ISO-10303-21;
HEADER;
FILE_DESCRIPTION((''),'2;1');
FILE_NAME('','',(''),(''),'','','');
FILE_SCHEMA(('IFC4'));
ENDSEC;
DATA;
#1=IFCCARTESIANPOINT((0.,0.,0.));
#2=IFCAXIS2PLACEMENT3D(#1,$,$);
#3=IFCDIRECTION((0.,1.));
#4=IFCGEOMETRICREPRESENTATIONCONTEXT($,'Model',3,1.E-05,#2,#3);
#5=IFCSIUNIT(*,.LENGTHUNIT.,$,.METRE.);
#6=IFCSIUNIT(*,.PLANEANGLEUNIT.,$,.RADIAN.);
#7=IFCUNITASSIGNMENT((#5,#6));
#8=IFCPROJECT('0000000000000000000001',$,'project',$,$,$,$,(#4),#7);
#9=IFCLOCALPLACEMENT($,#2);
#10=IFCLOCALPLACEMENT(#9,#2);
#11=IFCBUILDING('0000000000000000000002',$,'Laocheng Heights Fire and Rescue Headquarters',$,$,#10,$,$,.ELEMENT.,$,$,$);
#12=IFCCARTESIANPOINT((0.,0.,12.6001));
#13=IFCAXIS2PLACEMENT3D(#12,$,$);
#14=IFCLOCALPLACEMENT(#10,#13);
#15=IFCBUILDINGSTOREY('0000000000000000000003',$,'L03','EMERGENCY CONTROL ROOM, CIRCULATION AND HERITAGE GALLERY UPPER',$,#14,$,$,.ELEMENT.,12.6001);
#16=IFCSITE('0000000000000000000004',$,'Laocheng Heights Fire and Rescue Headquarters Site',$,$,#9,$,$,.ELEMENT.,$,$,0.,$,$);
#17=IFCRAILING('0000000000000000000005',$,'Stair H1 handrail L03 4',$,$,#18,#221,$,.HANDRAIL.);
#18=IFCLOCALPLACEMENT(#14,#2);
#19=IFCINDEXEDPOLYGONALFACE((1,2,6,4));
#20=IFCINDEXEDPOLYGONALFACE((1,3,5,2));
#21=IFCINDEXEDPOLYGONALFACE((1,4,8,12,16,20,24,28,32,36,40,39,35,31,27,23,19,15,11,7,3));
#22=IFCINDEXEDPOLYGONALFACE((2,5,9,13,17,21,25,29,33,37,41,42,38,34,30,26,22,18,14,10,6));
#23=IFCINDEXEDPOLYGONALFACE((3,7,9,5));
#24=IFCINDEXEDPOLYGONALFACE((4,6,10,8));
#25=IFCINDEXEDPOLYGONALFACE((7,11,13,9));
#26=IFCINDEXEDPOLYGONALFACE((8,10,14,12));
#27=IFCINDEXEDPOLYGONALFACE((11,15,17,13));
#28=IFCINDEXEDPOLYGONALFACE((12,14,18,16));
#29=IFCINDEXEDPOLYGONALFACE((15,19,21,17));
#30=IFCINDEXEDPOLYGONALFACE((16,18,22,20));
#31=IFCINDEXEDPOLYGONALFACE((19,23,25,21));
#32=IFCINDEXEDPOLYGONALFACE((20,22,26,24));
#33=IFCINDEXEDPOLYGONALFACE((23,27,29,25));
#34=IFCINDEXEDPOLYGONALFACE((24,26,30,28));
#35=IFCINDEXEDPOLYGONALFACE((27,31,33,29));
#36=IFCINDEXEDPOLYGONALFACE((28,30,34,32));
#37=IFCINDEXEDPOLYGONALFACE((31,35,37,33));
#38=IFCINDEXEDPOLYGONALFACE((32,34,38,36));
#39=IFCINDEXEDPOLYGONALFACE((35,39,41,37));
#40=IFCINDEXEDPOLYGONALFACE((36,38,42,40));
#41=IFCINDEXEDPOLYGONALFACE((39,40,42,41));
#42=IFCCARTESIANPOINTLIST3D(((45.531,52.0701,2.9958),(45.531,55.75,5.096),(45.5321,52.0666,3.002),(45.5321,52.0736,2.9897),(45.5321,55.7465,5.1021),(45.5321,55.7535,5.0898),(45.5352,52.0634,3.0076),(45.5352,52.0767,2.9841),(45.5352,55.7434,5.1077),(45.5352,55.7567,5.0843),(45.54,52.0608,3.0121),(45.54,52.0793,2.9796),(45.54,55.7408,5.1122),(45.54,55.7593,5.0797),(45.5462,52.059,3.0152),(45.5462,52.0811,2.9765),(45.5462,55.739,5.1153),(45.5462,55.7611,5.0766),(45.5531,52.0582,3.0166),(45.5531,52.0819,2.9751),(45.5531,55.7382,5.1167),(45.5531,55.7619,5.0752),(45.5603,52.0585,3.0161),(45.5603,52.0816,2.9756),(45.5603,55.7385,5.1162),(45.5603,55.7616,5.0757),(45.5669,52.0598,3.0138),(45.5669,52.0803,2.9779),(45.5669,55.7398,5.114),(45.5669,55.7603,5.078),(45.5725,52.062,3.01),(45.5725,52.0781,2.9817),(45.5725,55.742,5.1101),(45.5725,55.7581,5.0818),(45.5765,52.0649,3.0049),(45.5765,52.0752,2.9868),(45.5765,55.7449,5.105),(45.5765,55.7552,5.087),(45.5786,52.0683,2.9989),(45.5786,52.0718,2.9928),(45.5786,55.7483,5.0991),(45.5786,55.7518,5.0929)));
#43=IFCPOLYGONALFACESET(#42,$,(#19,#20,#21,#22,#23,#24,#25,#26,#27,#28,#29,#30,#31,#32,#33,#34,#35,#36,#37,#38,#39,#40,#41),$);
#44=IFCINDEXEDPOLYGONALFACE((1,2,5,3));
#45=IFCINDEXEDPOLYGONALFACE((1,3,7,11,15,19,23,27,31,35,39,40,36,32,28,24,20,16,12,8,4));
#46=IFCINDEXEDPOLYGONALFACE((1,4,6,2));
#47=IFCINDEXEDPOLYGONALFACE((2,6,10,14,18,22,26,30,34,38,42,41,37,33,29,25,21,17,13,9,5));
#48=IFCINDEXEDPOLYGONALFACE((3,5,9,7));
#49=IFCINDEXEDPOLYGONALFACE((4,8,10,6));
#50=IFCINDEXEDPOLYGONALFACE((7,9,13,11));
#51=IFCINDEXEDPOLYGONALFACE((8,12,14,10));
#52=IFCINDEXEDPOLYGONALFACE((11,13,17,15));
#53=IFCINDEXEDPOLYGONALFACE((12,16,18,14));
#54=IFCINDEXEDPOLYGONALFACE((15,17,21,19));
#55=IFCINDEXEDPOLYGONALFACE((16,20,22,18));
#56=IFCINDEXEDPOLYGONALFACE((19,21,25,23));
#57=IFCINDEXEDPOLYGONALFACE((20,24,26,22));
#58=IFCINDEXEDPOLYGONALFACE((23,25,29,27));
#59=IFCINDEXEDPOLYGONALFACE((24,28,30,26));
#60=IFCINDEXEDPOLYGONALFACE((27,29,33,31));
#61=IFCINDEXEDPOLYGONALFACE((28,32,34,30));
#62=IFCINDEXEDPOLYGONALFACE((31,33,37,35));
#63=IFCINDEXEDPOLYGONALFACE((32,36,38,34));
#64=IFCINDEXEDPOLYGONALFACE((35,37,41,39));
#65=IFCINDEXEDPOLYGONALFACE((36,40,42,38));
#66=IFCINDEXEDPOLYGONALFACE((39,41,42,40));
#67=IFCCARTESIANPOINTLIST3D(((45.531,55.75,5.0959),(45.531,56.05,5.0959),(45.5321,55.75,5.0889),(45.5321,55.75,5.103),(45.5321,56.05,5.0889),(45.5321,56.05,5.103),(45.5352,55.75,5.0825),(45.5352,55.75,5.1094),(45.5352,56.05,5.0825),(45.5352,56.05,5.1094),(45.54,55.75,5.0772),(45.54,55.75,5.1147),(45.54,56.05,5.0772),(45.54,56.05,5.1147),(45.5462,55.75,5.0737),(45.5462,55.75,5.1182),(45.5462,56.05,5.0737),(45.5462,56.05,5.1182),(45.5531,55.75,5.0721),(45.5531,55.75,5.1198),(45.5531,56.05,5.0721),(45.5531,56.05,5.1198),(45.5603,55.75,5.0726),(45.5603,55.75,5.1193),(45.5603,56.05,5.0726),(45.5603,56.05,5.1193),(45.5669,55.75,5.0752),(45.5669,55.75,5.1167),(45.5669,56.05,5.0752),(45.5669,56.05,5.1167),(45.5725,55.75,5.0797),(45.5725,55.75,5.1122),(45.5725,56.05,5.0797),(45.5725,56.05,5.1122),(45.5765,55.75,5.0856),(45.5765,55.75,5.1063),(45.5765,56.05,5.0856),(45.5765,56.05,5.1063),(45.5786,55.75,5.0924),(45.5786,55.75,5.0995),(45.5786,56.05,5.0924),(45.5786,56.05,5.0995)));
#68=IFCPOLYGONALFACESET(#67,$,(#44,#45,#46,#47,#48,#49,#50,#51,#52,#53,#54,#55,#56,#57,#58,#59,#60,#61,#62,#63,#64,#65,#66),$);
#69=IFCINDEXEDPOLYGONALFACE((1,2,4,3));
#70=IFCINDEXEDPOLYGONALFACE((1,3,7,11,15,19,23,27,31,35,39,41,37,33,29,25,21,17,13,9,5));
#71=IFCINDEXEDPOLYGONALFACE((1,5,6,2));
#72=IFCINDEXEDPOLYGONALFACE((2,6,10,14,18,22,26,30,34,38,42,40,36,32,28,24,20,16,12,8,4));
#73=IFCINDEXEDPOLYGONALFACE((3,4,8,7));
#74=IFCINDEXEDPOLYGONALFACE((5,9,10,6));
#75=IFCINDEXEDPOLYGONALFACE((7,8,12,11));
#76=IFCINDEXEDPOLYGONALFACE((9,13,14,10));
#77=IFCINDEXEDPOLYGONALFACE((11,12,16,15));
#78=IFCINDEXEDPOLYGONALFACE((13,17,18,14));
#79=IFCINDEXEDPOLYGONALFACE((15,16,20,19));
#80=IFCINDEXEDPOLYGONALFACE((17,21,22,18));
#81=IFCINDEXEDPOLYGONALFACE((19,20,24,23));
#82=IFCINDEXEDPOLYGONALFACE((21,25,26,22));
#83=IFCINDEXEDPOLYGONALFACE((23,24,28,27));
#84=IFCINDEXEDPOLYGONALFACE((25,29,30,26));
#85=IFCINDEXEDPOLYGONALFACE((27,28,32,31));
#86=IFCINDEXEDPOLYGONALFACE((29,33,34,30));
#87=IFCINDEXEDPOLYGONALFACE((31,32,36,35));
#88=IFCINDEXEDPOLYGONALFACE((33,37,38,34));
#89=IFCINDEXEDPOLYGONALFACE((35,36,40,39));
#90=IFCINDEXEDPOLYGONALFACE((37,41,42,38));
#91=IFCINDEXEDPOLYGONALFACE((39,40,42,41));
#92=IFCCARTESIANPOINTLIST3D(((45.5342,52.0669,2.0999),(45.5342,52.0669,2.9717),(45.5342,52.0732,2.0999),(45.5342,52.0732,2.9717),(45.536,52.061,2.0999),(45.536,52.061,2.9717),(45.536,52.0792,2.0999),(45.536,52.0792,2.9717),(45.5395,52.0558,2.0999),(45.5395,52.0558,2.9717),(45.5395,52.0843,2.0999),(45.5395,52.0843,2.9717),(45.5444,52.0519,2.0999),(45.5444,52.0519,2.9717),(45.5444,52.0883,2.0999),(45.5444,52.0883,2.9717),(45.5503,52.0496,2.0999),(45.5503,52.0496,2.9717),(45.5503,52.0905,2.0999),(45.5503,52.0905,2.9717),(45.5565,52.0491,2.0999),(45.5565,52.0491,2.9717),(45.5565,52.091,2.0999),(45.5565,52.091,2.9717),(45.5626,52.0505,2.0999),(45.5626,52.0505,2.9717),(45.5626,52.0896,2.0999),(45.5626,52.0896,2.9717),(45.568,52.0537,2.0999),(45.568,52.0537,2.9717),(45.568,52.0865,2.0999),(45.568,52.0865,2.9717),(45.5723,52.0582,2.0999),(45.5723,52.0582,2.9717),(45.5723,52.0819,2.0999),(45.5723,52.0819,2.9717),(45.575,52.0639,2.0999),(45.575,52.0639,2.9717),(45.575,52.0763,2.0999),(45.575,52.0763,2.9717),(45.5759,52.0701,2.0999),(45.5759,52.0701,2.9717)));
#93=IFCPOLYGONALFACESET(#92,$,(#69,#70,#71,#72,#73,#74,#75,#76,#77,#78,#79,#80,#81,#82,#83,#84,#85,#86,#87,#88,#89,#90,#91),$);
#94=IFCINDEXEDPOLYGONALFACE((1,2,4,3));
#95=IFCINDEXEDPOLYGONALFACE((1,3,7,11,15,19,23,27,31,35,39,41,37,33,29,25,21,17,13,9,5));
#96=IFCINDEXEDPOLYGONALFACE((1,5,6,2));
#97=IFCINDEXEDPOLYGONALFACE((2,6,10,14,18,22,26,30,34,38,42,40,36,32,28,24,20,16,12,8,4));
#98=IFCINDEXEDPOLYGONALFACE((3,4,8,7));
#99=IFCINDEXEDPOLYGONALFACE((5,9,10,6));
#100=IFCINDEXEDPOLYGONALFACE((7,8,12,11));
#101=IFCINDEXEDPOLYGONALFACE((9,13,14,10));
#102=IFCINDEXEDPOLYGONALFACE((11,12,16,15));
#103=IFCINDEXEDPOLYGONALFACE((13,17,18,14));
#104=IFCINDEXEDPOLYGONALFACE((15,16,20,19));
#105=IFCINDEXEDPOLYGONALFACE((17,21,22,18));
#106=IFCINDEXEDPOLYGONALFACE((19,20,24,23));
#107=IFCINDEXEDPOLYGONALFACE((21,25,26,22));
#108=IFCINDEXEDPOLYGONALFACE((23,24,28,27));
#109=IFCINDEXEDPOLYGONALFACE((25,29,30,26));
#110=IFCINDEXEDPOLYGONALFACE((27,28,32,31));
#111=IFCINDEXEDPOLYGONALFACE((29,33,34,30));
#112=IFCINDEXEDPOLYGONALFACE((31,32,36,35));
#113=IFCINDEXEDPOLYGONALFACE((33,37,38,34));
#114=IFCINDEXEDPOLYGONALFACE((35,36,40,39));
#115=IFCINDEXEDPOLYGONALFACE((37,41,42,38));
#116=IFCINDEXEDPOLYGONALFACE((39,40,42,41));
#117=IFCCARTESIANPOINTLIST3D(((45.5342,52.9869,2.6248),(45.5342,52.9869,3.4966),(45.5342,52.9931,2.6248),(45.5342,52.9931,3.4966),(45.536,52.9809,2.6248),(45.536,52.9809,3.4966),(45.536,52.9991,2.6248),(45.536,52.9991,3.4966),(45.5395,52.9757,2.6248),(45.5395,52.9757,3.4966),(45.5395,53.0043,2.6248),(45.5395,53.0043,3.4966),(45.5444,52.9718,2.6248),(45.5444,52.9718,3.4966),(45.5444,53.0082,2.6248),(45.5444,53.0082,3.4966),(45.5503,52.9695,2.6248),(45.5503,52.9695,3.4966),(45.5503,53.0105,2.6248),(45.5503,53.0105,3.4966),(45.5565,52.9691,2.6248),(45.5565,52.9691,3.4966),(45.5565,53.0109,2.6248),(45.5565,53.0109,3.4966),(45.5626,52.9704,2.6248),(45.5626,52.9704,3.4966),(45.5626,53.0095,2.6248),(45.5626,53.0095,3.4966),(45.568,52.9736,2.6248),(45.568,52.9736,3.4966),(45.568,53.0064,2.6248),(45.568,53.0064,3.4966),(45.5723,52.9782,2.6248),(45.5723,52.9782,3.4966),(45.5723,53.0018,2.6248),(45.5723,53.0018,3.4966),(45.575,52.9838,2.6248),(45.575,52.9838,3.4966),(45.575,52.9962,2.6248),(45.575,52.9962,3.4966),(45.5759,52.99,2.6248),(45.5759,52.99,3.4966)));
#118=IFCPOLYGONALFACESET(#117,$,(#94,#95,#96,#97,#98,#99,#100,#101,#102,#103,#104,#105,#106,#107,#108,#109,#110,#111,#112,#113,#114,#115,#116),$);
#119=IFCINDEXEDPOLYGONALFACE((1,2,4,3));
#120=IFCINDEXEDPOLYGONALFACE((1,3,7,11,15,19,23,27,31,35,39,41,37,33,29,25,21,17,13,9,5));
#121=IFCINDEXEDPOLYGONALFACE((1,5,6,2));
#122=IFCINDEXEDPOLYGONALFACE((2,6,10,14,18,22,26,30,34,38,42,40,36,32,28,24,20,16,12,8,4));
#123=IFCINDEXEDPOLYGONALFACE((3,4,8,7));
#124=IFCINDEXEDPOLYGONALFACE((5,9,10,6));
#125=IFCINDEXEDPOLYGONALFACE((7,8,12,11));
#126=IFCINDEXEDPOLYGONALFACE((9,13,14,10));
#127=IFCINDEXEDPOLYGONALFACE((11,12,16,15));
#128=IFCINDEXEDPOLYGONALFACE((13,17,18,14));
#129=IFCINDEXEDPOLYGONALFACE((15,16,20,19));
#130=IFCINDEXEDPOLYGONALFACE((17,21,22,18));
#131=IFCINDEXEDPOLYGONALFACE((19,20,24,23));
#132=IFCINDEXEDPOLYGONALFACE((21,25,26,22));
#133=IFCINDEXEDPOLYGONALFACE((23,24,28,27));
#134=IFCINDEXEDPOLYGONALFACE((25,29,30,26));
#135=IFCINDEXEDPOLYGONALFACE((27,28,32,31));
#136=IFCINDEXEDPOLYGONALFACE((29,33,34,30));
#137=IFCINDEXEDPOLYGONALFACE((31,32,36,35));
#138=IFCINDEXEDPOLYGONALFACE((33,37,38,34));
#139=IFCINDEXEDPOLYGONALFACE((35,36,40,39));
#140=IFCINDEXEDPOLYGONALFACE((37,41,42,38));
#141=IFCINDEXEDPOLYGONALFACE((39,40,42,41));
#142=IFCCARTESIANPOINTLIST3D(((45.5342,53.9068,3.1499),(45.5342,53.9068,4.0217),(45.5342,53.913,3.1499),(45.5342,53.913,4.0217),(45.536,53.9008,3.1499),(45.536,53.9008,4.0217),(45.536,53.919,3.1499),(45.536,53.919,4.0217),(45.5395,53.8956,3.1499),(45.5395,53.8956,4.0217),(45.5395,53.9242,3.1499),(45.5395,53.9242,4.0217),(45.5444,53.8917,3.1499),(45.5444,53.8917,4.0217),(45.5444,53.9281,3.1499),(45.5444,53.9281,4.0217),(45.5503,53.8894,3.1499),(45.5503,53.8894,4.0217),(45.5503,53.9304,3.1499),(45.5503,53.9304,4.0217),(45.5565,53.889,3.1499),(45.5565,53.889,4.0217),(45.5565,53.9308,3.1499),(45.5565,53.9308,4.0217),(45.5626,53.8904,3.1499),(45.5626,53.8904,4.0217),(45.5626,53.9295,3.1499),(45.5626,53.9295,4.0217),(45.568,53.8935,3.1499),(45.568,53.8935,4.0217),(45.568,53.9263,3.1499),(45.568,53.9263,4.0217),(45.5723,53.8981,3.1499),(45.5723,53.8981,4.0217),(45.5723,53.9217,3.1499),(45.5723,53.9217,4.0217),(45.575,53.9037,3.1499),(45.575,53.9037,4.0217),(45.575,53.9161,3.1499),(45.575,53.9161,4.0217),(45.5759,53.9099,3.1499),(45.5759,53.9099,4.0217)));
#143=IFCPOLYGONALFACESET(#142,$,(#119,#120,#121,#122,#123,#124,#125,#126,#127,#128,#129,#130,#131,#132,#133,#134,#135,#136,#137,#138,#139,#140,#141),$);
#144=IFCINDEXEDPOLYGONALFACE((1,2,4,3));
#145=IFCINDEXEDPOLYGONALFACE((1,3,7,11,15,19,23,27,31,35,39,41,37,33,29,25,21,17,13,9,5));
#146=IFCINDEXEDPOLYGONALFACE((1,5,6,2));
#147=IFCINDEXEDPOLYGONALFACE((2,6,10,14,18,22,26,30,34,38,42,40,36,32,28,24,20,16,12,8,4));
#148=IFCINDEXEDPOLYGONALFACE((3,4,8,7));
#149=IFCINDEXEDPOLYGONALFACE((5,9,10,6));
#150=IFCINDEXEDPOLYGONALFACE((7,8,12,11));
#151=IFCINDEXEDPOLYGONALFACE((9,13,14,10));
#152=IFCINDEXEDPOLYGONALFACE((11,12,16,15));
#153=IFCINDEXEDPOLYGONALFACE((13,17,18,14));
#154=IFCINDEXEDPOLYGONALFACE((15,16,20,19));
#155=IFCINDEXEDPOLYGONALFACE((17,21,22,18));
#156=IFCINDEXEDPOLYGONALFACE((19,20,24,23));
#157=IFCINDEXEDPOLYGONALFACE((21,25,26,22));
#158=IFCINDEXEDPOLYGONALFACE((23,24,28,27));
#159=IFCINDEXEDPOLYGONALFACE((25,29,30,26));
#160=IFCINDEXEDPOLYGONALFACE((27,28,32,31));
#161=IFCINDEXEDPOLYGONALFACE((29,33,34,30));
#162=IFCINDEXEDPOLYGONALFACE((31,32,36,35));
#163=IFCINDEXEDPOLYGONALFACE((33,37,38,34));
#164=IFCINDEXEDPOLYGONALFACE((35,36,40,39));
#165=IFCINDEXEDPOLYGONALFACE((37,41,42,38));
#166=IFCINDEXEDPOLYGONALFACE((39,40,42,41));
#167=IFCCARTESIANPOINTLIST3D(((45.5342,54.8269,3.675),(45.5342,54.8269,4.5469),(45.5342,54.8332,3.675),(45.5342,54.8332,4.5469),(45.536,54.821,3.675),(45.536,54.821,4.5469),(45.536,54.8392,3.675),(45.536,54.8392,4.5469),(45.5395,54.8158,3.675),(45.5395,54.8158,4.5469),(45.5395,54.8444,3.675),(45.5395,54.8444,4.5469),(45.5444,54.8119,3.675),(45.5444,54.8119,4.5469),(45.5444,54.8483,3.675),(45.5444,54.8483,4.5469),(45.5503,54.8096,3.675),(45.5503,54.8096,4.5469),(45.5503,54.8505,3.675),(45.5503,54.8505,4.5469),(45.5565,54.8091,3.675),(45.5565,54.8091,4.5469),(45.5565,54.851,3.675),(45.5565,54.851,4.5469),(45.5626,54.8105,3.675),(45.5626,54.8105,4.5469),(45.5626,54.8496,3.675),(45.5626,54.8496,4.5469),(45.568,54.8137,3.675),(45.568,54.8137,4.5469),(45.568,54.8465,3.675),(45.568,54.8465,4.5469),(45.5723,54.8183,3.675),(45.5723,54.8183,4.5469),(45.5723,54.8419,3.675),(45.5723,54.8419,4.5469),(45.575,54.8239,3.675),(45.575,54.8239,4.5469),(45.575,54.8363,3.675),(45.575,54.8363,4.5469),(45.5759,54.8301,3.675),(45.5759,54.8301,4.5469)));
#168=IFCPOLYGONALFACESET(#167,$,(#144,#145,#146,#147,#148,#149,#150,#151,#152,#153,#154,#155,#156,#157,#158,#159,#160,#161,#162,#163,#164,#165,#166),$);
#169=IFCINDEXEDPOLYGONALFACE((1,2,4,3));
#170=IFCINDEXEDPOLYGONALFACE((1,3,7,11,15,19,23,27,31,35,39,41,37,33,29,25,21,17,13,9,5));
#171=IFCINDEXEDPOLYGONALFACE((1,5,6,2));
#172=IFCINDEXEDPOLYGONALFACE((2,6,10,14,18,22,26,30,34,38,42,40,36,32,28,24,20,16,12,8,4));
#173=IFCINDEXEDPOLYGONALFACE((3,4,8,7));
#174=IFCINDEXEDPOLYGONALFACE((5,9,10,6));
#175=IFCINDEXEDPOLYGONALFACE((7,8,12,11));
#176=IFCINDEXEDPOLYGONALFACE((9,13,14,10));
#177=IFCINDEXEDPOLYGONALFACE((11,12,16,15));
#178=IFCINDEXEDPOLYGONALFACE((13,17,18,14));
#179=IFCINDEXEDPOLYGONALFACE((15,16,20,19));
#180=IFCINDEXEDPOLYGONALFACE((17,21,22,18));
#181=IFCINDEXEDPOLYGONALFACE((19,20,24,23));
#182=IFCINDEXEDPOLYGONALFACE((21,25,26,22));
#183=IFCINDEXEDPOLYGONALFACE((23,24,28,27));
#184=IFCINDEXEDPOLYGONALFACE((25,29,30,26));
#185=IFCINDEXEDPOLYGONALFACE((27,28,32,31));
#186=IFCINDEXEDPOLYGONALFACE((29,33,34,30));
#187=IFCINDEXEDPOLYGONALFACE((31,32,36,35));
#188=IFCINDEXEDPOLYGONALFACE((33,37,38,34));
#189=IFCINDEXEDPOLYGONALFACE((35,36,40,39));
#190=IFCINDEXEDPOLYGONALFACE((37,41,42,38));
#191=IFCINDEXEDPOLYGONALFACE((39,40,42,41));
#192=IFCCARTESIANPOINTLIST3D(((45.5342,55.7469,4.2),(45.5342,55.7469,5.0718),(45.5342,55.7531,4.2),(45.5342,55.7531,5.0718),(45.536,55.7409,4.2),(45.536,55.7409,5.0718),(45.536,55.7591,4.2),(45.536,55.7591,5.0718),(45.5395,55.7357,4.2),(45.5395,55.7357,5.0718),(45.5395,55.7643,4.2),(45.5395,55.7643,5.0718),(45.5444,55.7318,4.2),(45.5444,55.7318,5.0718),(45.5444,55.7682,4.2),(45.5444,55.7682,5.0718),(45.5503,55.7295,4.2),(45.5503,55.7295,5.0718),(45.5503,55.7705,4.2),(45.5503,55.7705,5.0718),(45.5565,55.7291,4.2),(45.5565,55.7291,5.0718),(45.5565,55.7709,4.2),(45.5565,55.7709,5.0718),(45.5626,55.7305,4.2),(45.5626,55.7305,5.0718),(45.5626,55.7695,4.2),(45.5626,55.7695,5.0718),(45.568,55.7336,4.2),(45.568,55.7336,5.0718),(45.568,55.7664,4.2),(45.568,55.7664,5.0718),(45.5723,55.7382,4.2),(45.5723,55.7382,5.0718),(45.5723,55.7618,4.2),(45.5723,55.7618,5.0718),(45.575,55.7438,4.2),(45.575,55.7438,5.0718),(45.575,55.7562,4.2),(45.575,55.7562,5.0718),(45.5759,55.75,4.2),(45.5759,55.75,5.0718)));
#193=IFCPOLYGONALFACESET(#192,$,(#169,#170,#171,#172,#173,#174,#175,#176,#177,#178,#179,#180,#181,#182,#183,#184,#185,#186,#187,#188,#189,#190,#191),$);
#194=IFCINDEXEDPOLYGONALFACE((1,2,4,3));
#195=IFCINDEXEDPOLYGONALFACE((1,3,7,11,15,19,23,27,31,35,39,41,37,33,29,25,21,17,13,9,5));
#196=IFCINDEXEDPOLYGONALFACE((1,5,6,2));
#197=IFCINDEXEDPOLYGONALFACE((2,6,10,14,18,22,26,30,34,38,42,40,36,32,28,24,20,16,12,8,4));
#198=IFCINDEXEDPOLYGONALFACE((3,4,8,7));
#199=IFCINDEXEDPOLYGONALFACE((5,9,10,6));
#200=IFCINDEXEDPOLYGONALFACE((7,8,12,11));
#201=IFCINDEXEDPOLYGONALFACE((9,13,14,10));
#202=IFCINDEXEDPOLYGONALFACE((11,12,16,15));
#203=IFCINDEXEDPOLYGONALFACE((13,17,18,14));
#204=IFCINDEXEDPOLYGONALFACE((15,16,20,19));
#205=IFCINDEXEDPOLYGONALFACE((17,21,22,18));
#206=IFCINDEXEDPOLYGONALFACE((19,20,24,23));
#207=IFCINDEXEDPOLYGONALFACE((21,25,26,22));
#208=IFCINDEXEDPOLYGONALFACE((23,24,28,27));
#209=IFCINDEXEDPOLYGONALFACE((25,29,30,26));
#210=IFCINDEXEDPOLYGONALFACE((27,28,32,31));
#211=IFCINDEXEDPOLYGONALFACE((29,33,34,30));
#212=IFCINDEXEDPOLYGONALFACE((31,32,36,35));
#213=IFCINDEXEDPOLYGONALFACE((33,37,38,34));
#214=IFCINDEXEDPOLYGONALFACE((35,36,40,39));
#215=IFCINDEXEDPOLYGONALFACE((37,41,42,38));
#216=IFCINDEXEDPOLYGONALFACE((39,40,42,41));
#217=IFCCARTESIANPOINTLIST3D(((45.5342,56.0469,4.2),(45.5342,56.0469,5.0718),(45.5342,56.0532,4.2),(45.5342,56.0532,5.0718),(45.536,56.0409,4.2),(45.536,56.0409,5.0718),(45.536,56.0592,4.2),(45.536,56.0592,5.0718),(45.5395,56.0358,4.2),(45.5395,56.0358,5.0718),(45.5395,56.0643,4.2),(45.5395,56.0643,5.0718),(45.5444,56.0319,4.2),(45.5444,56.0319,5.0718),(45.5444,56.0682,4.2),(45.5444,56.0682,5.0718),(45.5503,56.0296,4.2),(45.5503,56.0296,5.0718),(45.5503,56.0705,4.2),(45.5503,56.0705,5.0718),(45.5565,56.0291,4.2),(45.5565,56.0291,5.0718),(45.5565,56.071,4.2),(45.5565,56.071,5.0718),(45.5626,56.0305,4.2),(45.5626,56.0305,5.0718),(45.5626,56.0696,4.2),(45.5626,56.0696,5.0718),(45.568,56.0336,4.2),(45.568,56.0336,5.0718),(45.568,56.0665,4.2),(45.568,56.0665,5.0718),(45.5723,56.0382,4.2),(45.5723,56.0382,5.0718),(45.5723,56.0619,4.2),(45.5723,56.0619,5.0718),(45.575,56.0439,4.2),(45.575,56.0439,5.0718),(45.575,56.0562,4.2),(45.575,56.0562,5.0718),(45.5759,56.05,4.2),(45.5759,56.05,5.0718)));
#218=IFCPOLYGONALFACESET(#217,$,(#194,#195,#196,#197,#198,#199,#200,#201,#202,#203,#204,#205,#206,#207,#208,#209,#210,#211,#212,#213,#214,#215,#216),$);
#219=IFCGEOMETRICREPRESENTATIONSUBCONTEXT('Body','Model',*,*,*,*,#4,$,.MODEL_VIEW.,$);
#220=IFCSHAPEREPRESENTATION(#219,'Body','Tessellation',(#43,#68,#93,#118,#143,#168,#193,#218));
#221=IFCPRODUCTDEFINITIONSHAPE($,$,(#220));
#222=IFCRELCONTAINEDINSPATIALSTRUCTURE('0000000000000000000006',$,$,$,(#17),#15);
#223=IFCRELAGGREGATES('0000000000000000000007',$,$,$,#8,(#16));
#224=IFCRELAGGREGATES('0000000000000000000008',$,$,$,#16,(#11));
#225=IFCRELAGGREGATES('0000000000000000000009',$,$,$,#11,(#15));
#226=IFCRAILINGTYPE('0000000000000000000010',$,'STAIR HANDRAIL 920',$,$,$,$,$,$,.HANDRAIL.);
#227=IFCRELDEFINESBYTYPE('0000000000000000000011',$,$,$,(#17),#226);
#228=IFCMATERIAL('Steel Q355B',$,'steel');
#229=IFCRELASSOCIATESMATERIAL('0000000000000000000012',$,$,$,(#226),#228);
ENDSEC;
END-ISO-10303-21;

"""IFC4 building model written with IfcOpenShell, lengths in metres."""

from ifc_helpers import new_model, si_unit, direction, frame, origin, origin_2d, place, context, subcontext, project, spatial, circle, extrude, material, type_object, element, save


model = new_model("IFC4")

# Units and contexts
model_context = context("Model", 3, precision=1e-05, world=origin(), true_north=direction((0.0, 1.0)))
body_context = subcontext(model_context, "Body", "Model", "MODEL_VIEW")
ifc_project = project(units=[si_unit("LENGTHUNIT", "METRE"), si_unit("PLANEANGLEUNIT", "RADIAN")], contexts=[model_context])

# Site, building, storey
site_placement = place(None, origin())
site = spatial("IfcSite", under=ifc_project, at=site_placement, Name="Laocheng Heights Fire and Rescue Headquarters Site", CompositionType="ELEMENT", RefElevation=0.0)
building_placement = place(site_placement, origin())
building = spatial("IfcBuilding", under=site, at=building_placement, Name="Laocheng Heights Fire and Rescue Headquarters", CompositionType="ELEMENT")
storey_placement = place(building_placement, frame((0.0, 0.0, 12.6001)))
storey = spatial("IfcBuildingStorey", under=building, at=storey_placement, Name="L03", Description="EMERGENCY CONTROL ROOM, CIRCULATION AND HERITAGE GALLERY UPPER", CompositionType="ELEMENT", Elevation=12.6001)

# Railing
ifc_material_1 = material(Name="Steel Q355B", Category="steel")
railing_type_1 = type_object("IfcRailingType", Name="STAIR HANDRAIL 920", PredefinedType="HANDRAIL", material=ifc_material_1)
railing_1_placement = place(storey_placement, frame((45.5549, 52.0701, 2.0999)))
element("IfcRailing", 1, at=railing_1_placement, inside=storey, type_object=railing_type_1, Name="Stair H1 handrail L03 4", PredefinedType="HANDRAIL", context=body_context, shape_type="SweptSolid", body=[
    extrude(circle(Radius=0.0239, at=origin_2d()), frame((0.0, 0.0, 0.896), z_axis=(0.0, 0.86852, 0.495655), x_axis=(-1.0, 0.0, 0.0)), (0.0, 0.0, 1.0), 4.2371),
    extrude(circle(Radius=0.0239, at=origin_2d()), frame((0.0, 3.6799, 2.9961), z_axis=(0.0, 1.0, 0.0), x_axis=(-1.0, 0.0, 0.0)), (0.0, 0.0, 1.0), 0.3),
    extrude(circle(Radius=0.021, at=origin_2d()), origin(), (0.0, 0.0, 1.0), 0.8718),
    extrude(circle(Radius=0.021, at=origin_2d()), frame((0.0, 0.9199, 0.5249)), (0.0, 0.0, 1.0), 0.8718),
    extrude(circle(Radius=0.021, at=origin_2d()), frame((0.0, 1.8398, 1.05)), (0.0, 0.0, 1.0), 0.8718),
    extrude(circle(Radius=0.021, at=origin_2d()), frame((0.0, 2.76, 1.5752)), (0.0, 0.0, 1.0), 0.8718),
    extrude(circle(Radius=0.021, at=origin_2d()), frame((0.0, 3.6799, 2.1001)), (0.0, 0.0, 1.0), 0.8718),
    extrude(circle(Radius=0.021, at=origin_2d()), frame((0.0, 3.98, 2.1001)), (0.0, 0.0, 1.0), 0.8718),
])

save(model, "model.ifc")
